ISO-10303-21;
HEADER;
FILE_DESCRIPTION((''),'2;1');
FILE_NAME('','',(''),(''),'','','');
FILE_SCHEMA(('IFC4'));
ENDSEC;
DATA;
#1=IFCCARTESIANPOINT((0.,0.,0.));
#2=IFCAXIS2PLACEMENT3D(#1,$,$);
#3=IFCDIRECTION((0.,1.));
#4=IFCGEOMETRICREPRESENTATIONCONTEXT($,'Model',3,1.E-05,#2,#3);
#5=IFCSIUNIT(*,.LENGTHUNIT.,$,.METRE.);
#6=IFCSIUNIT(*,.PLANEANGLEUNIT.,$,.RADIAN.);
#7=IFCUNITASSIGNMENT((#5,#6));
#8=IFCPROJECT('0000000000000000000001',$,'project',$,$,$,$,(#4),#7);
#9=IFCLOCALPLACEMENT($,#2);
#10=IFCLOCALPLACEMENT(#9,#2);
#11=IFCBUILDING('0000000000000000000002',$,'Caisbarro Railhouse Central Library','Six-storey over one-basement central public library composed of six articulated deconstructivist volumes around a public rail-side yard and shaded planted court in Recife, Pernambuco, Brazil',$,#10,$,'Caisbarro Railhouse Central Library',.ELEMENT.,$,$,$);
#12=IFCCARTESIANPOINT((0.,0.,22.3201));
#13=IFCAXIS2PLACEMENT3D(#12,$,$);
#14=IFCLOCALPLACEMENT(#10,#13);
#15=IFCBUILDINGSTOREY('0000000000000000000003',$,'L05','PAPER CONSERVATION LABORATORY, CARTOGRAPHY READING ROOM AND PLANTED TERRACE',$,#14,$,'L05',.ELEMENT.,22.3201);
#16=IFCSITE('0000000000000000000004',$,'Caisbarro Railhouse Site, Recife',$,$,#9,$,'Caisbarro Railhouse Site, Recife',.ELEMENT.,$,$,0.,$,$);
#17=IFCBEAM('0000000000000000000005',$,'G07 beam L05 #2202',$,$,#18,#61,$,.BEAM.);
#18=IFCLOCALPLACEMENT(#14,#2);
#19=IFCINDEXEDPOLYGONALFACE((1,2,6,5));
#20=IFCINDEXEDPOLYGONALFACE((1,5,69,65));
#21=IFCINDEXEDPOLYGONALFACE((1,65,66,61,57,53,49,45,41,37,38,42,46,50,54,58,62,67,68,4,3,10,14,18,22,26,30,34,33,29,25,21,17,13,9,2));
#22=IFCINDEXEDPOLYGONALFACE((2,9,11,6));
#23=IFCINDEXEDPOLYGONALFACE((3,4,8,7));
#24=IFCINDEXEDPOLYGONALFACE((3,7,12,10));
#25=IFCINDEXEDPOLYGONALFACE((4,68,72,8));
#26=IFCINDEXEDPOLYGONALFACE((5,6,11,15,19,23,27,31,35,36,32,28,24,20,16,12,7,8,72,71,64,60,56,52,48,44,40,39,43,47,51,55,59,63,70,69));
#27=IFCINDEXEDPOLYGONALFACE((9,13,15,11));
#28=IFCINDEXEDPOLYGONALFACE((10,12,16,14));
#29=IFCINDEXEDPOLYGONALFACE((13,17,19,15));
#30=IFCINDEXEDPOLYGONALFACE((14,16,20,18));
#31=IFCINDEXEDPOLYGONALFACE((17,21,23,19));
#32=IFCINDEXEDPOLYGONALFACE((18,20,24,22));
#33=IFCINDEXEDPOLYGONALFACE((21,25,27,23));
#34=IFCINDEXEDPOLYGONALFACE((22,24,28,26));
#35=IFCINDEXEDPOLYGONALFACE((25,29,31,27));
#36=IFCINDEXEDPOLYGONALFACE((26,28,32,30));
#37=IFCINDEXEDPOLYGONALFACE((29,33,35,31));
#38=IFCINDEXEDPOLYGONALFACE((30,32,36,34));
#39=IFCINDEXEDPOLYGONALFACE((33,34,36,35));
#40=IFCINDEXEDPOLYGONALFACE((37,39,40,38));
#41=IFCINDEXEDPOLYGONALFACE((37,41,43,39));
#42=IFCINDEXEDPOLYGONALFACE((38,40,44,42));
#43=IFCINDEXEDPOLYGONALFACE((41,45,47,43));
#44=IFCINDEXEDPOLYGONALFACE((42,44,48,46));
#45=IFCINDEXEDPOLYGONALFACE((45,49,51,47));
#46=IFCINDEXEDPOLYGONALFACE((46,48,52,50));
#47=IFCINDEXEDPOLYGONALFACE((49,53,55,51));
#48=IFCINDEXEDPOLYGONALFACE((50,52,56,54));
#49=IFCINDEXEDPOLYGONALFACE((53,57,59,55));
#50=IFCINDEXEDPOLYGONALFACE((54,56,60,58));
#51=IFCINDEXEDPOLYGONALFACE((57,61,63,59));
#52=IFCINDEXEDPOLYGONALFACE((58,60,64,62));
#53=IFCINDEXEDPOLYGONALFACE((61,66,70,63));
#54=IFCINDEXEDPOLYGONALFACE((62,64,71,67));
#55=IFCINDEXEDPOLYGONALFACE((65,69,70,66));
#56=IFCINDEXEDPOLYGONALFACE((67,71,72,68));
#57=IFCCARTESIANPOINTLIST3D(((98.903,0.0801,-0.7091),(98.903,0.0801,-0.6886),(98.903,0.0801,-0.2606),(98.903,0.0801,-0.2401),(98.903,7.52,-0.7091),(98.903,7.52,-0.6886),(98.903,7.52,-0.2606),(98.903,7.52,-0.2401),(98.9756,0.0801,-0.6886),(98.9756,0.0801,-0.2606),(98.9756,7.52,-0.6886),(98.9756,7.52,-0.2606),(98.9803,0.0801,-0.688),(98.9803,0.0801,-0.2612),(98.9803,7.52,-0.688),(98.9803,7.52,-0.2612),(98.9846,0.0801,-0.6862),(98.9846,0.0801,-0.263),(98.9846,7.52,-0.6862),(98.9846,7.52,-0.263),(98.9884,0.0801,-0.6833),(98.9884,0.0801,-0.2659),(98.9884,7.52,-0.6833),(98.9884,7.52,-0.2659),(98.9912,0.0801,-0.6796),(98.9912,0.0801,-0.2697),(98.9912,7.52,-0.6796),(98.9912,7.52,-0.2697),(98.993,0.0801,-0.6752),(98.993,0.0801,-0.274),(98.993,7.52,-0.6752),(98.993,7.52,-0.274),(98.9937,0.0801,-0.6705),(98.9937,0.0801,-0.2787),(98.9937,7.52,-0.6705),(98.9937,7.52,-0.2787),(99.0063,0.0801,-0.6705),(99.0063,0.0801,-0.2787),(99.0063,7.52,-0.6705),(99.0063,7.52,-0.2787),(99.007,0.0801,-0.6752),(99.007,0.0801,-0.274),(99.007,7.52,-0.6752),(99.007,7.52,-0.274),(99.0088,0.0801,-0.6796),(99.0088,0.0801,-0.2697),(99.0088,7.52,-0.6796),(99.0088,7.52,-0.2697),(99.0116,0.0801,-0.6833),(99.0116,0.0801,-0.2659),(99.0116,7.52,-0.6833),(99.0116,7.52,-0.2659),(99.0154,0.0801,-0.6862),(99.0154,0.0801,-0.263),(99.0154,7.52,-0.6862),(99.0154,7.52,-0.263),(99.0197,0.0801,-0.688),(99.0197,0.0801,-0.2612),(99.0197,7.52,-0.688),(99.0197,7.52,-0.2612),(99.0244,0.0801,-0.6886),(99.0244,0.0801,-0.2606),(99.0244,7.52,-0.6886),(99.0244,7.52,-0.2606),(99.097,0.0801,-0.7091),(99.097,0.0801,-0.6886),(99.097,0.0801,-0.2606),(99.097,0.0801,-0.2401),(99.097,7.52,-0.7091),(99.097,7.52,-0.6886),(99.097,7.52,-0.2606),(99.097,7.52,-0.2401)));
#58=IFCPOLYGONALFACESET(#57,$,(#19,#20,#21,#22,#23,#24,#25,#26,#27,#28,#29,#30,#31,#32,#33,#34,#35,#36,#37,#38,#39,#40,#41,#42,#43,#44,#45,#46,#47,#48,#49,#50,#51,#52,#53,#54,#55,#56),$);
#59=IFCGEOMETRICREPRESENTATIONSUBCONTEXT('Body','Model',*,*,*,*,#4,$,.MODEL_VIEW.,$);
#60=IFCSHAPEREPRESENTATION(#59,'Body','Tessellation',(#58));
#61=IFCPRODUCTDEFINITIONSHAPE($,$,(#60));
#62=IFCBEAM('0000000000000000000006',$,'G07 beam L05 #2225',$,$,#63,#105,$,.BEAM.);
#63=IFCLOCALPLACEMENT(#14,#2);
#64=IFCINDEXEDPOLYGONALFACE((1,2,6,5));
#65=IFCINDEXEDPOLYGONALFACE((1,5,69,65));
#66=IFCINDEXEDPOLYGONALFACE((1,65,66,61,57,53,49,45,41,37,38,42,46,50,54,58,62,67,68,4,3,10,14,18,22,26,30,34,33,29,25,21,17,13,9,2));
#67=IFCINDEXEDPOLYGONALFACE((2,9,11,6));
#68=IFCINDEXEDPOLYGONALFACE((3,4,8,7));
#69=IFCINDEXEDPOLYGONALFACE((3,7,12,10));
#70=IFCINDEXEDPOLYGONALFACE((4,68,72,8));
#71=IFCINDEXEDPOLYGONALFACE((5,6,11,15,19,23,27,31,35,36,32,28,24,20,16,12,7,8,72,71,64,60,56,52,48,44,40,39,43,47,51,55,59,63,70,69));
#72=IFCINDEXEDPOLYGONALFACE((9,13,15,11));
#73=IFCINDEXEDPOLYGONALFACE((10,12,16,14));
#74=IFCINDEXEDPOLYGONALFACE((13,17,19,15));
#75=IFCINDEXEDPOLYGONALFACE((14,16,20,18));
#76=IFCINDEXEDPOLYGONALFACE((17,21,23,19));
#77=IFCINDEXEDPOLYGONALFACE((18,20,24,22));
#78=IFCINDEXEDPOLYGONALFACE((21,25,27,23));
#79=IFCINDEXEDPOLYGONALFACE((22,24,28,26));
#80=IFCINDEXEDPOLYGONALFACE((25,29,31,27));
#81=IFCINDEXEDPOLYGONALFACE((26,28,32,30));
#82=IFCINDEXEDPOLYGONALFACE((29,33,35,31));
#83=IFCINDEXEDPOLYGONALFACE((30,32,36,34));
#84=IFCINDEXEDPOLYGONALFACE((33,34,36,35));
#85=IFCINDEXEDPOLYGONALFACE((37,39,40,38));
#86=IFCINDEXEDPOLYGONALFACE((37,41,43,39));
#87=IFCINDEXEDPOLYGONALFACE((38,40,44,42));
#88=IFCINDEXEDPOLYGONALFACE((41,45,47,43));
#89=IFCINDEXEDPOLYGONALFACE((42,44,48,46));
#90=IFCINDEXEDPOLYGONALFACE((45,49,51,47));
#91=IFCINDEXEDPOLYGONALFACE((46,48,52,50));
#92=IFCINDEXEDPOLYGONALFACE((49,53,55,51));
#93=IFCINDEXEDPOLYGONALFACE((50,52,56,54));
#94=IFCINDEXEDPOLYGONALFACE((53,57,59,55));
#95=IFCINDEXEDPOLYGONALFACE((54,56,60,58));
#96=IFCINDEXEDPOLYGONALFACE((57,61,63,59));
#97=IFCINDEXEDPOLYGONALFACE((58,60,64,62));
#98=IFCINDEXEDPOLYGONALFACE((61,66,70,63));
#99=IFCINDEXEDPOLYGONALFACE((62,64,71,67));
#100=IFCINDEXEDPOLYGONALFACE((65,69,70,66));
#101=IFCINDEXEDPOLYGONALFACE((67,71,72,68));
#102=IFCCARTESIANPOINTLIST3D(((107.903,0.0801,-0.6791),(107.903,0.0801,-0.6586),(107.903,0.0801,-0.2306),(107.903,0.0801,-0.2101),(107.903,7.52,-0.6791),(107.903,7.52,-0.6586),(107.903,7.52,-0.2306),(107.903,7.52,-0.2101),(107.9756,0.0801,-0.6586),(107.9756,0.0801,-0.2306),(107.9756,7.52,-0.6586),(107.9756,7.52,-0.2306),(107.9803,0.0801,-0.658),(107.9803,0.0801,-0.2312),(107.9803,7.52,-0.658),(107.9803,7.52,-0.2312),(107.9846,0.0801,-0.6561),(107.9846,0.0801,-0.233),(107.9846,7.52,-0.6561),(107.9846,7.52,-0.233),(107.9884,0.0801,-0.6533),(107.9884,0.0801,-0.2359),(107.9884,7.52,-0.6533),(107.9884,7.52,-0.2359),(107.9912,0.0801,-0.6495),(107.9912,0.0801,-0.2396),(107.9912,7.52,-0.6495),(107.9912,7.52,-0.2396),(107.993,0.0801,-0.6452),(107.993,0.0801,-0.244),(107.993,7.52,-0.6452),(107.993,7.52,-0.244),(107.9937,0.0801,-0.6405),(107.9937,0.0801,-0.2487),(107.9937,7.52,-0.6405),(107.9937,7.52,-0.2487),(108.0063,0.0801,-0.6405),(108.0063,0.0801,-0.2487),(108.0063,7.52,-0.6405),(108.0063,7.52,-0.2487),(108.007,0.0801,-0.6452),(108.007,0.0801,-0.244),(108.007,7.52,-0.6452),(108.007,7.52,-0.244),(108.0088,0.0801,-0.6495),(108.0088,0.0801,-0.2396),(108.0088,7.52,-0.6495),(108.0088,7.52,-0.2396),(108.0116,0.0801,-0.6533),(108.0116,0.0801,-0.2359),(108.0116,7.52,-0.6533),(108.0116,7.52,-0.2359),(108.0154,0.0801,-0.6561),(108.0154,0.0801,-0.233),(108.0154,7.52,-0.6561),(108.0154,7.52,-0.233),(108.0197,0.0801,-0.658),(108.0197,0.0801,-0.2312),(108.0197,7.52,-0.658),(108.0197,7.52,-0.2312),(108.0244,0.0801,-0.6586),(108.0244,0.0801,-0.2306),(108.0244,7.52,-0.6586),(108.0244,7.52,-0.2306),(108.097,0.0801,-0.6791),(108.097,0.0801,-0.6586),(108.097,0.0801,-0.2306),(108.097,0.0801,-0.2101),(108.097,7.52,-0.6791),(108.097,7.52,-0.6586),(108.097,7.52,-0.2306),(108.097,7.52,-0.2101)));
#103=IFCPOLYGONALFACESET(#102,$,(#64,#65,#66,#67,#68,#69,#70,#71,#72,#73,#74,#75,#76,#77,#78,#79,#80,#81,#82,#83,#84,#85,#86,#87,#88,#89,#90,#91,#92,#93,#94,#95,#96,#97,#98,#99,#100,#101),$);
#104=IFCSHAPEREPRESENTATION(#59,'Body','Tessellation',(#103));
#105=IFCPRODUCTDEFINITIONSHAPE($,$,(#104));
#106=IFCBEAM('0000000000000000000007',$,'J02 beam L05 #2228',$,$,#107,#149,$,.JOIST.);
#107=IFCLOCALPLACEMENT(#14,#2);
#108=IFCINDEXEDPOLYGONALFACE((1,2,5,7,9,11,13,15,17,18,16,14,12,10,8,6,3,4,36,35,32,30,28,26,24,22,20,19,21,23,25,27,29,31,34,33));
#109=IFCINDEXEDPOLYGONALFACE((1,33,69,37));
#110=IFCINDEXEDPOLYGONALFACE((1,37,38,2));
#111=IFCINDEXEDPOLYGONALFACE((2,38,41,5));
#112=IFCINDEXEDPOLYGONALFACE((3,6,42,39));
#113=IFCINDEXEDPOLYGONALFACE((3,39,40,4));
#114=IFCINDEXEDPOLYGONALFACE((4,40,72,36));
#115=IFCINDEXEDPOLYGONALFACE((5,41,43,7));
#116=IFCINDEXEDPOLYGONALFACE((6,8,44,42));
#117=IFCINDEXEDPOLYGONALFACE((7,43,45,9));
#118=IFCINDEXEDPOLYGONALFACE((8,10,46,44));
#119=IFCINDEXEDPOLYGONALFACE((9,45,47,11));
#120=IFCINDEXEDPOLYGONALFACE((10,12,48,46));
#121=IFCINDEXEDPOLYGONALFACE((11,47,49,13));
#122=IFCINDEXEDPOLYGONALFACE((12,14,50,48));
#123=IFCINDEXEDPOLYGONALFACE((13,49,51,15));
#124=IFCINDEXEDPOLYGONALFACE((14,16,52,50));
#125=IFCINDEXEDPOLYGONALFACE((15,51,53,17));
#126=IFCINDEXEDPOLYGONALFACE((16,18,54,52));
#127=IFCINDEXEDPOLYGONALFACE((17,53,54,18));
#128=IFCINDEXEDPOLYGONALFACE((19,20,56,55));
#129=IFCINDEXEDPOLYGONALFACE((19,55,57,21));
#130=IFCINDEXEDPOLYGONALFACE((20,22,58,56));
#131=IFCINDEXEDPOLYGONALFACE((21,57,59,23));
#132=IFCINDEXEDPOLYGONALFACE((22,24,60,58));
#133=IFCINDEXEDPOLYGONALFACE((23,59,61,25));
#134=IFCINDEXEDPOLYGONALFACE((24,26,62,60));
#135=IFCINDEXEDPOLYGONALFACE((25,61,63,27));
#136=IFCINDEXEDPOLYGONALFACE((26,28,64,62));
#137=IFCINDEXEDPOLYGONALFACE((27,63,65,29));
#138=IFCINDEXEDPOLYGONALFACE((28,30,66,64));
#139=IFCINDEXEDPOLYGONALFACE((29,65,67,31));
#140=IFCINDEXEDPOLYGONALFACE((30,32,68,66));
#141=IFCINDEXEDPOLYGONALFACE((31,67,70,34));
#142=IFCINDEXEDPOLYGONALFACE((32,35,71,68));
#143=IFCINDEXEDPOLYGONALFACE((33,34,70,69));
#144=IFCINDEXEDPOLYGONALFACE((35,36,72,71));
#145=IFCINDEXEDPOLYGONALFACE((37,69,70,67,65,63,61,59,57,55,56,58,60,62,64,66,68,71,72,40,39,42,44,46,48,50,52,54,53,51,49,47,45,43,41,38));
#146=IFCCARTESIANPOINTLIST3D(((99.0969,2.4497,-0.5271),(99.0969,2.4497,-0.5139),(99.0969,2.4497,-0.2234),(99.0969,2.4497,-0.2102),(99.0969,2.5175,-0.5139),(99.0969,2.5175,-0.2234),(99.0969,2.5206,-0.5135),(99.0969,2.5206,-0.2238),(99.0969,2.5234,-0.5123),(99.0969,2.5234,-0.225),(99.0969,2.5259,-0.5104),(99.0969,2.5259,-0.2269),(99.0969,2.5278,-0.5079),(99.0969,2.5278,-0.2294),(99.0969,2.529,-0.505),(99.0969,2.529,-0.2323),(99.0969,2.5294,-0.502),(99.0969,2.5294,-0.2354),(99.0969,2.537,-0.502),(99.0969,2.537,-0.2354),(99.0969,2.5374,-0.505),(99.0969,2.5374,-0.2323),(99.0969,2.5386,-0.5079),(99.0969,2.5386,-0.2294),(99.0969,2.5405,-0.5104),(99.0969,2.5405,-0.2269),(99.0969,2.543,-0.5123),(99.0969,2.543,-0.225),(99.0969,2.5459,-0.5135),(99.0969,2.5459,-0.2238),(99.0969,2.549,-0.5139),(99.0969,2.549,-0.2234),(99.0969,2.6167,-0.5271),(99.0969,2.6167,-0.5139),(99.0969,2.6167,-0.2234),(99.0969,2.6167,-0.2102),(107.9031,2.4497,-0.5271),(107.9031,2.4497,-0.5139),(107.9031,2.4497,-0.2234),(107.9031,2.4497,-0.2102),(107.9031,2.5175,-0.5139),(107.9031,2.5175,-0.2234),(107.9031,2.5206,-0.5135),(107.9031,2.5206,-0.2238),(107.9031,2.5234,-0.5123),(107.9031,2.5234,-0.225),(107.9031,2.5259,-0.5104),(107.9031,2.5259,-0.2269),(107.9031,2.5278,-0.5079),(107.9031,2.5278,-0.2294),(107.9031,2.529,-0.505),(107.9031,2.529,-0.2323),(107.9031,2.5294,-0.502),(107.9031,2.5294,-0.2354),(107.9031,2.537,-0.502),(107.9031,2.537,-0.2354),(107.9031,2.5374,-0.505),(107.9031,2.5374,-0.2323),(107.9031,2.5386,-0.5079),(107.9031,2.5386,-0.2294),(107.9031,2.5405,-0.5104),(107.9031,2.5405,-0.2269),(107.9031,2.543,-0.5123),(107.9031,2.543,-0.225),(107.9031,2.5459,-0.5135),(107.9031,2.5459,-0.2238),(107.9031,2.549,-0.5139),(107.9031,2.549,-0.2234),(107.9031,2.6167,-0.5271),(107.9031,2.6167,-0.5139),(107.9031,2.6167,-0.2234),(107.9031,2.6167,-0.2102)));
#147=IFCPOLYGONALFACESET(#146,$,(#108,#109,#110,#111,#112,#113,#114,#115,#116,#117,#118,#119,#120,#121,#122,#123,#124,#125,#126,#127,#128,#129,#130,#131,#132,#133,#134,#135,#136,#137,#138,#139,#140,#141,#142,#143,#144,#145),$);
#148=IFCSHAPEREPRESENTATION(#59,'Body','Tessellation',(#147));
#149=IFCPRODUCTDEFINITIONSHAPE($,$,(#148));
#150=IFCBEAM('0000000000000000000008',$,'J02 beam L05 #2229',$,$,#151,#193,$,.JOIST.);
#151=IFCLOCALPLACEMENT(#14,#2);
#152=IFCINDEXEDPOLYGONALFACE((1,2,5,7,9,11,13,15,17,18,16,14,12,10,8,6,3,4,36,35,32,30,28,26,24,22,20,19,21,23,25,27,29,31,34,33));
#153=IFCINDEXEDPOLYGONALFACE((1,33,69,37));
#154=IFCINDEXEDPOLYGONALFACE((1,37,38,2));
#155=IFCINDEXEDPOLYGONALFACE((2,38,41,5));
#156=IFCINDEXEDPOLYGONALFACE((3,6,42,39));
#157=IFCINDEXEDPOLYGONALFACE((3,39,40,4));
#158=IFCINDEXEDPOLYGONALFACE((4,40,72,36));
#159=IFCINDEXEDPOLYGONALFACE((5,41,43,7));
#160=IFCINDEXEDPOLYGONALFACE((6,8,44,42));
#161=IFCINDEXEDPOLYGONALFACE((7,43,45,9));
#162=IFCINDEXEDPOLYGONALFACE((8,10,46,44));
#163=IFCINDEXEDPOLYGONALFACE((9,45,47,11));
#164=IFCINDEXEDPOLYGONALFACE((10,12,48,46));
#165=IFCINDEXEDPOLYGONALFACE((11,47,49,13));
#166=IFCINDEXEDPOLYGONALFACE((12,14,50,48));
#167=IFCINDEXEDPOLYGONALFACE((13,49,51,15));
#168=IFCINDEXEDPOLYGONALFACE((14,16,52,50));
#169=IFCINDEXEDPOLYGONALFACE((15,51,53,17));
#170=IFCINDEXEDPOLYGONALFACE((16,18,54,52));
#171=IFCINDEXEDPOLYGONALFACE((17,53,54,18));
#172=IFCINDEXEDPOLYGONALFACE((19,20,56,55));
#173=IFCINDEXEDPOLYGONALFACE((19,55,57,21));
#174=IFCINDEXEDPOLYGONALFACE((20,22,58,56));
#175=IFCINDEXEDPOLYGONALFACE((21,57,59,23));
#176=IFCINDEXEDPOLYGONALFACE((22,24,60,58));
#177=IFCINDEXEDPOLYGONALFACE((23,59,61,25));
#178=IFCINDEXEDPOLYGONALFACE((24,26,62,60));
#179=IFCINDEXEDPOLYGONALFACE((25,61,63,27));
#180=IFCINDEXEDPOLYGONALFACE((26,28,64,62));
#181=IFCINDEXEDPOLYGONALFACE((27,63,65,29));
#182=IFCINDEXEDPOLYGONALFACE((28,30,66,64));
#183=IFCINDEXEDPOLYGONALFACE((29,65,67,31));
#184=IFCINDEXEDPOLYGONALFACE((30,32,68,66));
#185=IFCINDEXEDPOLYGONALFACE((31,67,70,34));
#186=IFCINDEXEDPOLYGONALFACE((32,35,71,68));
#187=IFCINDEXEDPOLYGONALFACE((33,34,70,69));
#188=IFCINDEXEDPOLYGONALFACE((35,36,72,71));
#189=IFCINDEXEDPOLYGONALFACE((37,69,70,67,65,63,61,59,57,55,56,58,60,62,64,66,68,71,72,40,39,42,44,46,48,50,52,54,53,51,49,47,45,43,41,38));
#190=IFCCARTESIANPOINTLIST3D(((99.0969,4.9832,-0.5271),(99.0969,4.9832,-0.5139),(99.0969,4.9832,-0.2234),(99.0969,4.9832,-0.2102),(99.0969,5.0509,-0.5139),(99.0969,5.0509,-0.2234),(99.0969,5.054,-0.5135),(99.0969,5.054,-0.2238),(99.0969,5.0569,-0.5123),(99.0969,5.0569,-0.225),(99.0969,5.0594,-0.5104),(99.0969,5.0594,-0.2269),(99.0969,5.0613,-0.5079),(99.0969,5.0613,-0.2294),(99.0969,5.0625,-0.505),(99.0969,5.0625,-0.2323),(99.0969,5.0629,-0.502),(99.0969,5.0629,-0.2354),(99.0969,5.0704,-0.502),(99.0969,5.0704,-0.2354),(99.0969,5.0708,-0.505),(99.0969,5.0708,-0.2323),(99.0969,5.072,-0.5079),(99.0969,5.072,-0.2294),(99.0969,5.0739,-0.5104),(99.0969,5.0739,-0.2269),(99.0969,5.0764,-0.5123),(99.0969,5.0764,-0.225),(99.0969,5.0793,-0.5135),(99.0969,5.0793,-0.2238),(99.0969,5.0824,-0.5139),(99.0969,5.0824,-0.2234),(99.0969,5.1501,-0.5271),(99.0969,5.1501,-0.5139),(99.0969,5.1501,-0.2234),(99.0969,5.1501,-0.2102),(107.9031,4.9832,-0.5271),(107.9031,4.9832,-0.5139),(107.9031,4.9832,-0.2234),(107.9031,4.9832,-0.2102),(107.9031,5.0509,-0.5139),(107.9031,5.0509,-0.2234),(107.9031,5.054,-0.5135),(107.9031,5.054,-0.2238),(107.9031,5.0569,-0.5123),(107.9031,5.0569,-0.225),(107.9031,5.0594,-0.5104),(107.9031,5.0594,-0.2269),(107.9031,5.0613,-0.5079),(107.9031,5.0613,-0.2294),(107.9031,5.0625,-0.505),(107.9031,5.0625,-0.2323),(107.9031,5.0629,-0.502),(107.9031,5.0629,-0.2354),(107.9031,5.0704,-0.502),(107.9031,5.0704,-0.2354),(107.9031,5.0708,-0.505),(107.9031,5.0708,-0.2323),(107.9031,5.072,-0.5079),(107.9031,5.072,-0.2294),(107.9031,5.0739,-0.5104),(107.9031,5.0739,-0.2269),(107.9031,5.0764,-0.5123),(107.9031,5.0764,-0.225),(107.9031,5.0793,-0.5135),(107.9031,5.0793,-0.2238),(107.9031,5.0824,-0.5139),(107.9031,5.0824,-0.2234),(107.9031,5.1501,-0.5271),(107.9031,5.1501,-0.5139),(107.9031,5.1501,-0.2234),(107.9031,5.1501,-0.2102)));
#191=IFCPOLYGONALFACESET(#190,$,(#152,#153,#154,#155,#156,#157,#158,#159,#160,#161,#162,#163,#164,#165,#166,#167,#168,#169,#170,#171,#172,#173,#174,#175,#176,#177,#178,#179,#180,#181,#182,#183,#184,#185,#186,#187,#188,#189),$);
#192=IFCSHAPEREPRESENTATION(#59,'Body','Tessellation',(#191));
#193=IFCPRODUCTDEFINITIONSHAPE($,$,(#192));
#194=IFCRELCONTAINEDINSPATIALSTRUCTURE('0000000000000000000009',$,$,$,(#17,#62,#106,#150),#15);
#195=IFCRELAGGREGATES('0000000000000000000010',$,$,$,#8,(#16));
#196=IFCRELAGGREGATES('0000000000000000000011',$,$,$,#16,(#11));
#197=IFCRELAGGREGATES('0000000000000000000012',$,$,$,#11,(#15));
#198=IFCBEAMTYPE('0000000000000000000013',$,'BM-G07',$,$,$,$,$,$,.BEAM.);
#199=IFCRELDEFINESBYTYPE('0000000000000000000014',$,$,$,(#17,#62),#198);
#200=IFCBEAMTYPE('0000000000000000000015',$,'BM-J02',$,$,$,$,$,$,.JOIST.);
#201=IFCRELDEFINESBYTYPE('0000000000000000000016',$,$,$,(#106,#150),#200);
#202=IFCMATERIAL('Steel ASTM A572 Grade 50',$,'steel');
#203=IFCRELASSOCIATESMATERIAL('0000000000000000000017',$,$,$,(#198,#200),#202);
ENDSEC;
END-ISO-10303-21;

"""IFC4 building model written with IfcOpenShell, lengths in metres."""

from ifc_helpers import new_model, si_unit, direction, frame, origin, origin_2d, place, context, subcontext, project, spatial, i_section, extrude, material, material_profile, profile_set, type_object, element, save


model = new_model("IFC4")

# Units and contexts
model_context = context("Model", 3, precision=1e-05, world=origin(), true_north=direction((0.0, 1.0)))
body_context = subcontext(model_context, "Body", "Model", "MODEL_VIEW")
ifc_project = project(units=[si_unit("LENGTHUNIT", "METRE"), si_unit("PLANEANGLEUNIT", "RADIAN")], contexts=[model_context])

# Site, building, storey
site_placement = place(None, origin())
site = spatial("IfcSite", under=ifc_project, at=site_placement, Name="Caisbarro Railhouse Site, Recife", LongName="Caisbarro Railhouse Site, Recife", CompositionType="ELEMENT", RefElevation=0.0)
building_placement = place(site_placement, origin())
building = spatial("IfcBuilding", under=site, at=building_placement, Name="Caisbarro Railhouse Central Library", Description="Six-storey over one-basement central public library composed of six articulated deconstructivist volumes around a public rail-side yard and shaded planted court in Recife, Pernambuco, Brazil", LongName="Caisbarro Railhouse Central Library", CompositionType="ELEMENT")
storey_placement = place(building_placement, frame((0.0, 0.0, 22.3201)))
storey = spatial("IfcBuildingStorey", under=building, at=storey_placement, Name="L05", Description="PAPER CONSERVATION LABORATORY, CARTOGRAPHY READING ROOM AND PLANTED TERRACE", LongName="L05", CompositionType="ELEMENT", Elevation=22.3201)

# Shared definitions
ifc_material_1 = material(Name="Steel ASTM A572 Grade 50", Category="steel")

# Beams
ifc_material_profile_1 = material_profile(ifc_material_1, i_section(OverallWidth=0.1941, OverallDepth=0.469, WebThickness=0.0127, FlangeThickness=0.0205, FilletRadius=0.0181, at=origin_2d()), Name="W460X106.0")
ifc_profile_set_1 = profile_set([ifc_material_profile_1], Name="Steel ASTM A572 Grade 50")
beam_type_1 = type_object("IfcBeamType", Name="BM-G07", PredefinedType="BEAM", material=ifc_profile_set_1)
for number, where, z_axis, x_axis, name in (
    (1, (99.0, 0.0801, -0.4746), (0.0, 1.0, 0.0), (-1.0, 0.0, 0.0), "G07 beam L05 #2202"),
    (2, (108.0, 0.0801, -0.4446), (0.0, 1.0, 0.0), (-1.0, 0.0, 0.0), "G07 beam L05 #2225"),
):
    element("IfcBeam", number, at=place(storey_placement, frame(where, z_axis=z_axis, x_axis=x_axis)), inside=storey, type_object=beam_type_1, Name=name, PredefinedType="BEAM", context=body_context, shape_type="SweptSolid", body=[
        extrude(i_section(OverallWidth=0.1941, OverallDepth=0.469, WebThickness=0.0127, FlangeThickness=0.0205, FilletRadius=0.0181, at=origin_2d()), origin(), (0.0, 0.0, 1.0), 7.4399),
    ])
ifc_material_profile_2 = material_profile(ifc_material_1, i_section(OverallWidth=0.167, OverallDepth=0.3169, WebThickness=0.0076, FlangeThickness=0.0132, FilletRadius=0.012, at=origin_2d()), Name="W310X52.0")
ifc_profile_set_2 = profile_set([ifc_material_profile_2], Name="Steel ASTM A572 Grade 50")
beam_type_2 = type_object("IfcBeamType", Name="BM-J02", PredefinedType="JOIST", material=ifc_profile_set_2)
for number, where, z_axis, x_axis, name in (
    (3, (99.0969, 2.5332, -0.3687), (1.0, 0.0, 0.0), (0.0, 1.0, 0.0), "J02 beam L05 #2228"),
    (4, (99.0969, 5.0667, -0.3687), (1.0, 0.0, 0.0), (0.0, 1.0, 0.0), "J02 beam L05 #2229"),
):
    element("IfcBeam", number, at=place(storey_placement, frame(where, z_axis=z_axis, x_axis=x_axis)), inside=storey, type_object=beam_type_2, Name=name, PredefinedType="JOIST", context=body_context, shape_type="SweptSolid", body=[
        extrude(i_section(OverallWidth=0.167, OverallDepth=0.3169, WebThickness=0.0076, FlangeThickness=0.0132, FilletRadius=0.012, at=origin_2d()), origin(), (0.0, 0.0, 1.0), 8.8062),
    ])

save(model, "model.ifc")
